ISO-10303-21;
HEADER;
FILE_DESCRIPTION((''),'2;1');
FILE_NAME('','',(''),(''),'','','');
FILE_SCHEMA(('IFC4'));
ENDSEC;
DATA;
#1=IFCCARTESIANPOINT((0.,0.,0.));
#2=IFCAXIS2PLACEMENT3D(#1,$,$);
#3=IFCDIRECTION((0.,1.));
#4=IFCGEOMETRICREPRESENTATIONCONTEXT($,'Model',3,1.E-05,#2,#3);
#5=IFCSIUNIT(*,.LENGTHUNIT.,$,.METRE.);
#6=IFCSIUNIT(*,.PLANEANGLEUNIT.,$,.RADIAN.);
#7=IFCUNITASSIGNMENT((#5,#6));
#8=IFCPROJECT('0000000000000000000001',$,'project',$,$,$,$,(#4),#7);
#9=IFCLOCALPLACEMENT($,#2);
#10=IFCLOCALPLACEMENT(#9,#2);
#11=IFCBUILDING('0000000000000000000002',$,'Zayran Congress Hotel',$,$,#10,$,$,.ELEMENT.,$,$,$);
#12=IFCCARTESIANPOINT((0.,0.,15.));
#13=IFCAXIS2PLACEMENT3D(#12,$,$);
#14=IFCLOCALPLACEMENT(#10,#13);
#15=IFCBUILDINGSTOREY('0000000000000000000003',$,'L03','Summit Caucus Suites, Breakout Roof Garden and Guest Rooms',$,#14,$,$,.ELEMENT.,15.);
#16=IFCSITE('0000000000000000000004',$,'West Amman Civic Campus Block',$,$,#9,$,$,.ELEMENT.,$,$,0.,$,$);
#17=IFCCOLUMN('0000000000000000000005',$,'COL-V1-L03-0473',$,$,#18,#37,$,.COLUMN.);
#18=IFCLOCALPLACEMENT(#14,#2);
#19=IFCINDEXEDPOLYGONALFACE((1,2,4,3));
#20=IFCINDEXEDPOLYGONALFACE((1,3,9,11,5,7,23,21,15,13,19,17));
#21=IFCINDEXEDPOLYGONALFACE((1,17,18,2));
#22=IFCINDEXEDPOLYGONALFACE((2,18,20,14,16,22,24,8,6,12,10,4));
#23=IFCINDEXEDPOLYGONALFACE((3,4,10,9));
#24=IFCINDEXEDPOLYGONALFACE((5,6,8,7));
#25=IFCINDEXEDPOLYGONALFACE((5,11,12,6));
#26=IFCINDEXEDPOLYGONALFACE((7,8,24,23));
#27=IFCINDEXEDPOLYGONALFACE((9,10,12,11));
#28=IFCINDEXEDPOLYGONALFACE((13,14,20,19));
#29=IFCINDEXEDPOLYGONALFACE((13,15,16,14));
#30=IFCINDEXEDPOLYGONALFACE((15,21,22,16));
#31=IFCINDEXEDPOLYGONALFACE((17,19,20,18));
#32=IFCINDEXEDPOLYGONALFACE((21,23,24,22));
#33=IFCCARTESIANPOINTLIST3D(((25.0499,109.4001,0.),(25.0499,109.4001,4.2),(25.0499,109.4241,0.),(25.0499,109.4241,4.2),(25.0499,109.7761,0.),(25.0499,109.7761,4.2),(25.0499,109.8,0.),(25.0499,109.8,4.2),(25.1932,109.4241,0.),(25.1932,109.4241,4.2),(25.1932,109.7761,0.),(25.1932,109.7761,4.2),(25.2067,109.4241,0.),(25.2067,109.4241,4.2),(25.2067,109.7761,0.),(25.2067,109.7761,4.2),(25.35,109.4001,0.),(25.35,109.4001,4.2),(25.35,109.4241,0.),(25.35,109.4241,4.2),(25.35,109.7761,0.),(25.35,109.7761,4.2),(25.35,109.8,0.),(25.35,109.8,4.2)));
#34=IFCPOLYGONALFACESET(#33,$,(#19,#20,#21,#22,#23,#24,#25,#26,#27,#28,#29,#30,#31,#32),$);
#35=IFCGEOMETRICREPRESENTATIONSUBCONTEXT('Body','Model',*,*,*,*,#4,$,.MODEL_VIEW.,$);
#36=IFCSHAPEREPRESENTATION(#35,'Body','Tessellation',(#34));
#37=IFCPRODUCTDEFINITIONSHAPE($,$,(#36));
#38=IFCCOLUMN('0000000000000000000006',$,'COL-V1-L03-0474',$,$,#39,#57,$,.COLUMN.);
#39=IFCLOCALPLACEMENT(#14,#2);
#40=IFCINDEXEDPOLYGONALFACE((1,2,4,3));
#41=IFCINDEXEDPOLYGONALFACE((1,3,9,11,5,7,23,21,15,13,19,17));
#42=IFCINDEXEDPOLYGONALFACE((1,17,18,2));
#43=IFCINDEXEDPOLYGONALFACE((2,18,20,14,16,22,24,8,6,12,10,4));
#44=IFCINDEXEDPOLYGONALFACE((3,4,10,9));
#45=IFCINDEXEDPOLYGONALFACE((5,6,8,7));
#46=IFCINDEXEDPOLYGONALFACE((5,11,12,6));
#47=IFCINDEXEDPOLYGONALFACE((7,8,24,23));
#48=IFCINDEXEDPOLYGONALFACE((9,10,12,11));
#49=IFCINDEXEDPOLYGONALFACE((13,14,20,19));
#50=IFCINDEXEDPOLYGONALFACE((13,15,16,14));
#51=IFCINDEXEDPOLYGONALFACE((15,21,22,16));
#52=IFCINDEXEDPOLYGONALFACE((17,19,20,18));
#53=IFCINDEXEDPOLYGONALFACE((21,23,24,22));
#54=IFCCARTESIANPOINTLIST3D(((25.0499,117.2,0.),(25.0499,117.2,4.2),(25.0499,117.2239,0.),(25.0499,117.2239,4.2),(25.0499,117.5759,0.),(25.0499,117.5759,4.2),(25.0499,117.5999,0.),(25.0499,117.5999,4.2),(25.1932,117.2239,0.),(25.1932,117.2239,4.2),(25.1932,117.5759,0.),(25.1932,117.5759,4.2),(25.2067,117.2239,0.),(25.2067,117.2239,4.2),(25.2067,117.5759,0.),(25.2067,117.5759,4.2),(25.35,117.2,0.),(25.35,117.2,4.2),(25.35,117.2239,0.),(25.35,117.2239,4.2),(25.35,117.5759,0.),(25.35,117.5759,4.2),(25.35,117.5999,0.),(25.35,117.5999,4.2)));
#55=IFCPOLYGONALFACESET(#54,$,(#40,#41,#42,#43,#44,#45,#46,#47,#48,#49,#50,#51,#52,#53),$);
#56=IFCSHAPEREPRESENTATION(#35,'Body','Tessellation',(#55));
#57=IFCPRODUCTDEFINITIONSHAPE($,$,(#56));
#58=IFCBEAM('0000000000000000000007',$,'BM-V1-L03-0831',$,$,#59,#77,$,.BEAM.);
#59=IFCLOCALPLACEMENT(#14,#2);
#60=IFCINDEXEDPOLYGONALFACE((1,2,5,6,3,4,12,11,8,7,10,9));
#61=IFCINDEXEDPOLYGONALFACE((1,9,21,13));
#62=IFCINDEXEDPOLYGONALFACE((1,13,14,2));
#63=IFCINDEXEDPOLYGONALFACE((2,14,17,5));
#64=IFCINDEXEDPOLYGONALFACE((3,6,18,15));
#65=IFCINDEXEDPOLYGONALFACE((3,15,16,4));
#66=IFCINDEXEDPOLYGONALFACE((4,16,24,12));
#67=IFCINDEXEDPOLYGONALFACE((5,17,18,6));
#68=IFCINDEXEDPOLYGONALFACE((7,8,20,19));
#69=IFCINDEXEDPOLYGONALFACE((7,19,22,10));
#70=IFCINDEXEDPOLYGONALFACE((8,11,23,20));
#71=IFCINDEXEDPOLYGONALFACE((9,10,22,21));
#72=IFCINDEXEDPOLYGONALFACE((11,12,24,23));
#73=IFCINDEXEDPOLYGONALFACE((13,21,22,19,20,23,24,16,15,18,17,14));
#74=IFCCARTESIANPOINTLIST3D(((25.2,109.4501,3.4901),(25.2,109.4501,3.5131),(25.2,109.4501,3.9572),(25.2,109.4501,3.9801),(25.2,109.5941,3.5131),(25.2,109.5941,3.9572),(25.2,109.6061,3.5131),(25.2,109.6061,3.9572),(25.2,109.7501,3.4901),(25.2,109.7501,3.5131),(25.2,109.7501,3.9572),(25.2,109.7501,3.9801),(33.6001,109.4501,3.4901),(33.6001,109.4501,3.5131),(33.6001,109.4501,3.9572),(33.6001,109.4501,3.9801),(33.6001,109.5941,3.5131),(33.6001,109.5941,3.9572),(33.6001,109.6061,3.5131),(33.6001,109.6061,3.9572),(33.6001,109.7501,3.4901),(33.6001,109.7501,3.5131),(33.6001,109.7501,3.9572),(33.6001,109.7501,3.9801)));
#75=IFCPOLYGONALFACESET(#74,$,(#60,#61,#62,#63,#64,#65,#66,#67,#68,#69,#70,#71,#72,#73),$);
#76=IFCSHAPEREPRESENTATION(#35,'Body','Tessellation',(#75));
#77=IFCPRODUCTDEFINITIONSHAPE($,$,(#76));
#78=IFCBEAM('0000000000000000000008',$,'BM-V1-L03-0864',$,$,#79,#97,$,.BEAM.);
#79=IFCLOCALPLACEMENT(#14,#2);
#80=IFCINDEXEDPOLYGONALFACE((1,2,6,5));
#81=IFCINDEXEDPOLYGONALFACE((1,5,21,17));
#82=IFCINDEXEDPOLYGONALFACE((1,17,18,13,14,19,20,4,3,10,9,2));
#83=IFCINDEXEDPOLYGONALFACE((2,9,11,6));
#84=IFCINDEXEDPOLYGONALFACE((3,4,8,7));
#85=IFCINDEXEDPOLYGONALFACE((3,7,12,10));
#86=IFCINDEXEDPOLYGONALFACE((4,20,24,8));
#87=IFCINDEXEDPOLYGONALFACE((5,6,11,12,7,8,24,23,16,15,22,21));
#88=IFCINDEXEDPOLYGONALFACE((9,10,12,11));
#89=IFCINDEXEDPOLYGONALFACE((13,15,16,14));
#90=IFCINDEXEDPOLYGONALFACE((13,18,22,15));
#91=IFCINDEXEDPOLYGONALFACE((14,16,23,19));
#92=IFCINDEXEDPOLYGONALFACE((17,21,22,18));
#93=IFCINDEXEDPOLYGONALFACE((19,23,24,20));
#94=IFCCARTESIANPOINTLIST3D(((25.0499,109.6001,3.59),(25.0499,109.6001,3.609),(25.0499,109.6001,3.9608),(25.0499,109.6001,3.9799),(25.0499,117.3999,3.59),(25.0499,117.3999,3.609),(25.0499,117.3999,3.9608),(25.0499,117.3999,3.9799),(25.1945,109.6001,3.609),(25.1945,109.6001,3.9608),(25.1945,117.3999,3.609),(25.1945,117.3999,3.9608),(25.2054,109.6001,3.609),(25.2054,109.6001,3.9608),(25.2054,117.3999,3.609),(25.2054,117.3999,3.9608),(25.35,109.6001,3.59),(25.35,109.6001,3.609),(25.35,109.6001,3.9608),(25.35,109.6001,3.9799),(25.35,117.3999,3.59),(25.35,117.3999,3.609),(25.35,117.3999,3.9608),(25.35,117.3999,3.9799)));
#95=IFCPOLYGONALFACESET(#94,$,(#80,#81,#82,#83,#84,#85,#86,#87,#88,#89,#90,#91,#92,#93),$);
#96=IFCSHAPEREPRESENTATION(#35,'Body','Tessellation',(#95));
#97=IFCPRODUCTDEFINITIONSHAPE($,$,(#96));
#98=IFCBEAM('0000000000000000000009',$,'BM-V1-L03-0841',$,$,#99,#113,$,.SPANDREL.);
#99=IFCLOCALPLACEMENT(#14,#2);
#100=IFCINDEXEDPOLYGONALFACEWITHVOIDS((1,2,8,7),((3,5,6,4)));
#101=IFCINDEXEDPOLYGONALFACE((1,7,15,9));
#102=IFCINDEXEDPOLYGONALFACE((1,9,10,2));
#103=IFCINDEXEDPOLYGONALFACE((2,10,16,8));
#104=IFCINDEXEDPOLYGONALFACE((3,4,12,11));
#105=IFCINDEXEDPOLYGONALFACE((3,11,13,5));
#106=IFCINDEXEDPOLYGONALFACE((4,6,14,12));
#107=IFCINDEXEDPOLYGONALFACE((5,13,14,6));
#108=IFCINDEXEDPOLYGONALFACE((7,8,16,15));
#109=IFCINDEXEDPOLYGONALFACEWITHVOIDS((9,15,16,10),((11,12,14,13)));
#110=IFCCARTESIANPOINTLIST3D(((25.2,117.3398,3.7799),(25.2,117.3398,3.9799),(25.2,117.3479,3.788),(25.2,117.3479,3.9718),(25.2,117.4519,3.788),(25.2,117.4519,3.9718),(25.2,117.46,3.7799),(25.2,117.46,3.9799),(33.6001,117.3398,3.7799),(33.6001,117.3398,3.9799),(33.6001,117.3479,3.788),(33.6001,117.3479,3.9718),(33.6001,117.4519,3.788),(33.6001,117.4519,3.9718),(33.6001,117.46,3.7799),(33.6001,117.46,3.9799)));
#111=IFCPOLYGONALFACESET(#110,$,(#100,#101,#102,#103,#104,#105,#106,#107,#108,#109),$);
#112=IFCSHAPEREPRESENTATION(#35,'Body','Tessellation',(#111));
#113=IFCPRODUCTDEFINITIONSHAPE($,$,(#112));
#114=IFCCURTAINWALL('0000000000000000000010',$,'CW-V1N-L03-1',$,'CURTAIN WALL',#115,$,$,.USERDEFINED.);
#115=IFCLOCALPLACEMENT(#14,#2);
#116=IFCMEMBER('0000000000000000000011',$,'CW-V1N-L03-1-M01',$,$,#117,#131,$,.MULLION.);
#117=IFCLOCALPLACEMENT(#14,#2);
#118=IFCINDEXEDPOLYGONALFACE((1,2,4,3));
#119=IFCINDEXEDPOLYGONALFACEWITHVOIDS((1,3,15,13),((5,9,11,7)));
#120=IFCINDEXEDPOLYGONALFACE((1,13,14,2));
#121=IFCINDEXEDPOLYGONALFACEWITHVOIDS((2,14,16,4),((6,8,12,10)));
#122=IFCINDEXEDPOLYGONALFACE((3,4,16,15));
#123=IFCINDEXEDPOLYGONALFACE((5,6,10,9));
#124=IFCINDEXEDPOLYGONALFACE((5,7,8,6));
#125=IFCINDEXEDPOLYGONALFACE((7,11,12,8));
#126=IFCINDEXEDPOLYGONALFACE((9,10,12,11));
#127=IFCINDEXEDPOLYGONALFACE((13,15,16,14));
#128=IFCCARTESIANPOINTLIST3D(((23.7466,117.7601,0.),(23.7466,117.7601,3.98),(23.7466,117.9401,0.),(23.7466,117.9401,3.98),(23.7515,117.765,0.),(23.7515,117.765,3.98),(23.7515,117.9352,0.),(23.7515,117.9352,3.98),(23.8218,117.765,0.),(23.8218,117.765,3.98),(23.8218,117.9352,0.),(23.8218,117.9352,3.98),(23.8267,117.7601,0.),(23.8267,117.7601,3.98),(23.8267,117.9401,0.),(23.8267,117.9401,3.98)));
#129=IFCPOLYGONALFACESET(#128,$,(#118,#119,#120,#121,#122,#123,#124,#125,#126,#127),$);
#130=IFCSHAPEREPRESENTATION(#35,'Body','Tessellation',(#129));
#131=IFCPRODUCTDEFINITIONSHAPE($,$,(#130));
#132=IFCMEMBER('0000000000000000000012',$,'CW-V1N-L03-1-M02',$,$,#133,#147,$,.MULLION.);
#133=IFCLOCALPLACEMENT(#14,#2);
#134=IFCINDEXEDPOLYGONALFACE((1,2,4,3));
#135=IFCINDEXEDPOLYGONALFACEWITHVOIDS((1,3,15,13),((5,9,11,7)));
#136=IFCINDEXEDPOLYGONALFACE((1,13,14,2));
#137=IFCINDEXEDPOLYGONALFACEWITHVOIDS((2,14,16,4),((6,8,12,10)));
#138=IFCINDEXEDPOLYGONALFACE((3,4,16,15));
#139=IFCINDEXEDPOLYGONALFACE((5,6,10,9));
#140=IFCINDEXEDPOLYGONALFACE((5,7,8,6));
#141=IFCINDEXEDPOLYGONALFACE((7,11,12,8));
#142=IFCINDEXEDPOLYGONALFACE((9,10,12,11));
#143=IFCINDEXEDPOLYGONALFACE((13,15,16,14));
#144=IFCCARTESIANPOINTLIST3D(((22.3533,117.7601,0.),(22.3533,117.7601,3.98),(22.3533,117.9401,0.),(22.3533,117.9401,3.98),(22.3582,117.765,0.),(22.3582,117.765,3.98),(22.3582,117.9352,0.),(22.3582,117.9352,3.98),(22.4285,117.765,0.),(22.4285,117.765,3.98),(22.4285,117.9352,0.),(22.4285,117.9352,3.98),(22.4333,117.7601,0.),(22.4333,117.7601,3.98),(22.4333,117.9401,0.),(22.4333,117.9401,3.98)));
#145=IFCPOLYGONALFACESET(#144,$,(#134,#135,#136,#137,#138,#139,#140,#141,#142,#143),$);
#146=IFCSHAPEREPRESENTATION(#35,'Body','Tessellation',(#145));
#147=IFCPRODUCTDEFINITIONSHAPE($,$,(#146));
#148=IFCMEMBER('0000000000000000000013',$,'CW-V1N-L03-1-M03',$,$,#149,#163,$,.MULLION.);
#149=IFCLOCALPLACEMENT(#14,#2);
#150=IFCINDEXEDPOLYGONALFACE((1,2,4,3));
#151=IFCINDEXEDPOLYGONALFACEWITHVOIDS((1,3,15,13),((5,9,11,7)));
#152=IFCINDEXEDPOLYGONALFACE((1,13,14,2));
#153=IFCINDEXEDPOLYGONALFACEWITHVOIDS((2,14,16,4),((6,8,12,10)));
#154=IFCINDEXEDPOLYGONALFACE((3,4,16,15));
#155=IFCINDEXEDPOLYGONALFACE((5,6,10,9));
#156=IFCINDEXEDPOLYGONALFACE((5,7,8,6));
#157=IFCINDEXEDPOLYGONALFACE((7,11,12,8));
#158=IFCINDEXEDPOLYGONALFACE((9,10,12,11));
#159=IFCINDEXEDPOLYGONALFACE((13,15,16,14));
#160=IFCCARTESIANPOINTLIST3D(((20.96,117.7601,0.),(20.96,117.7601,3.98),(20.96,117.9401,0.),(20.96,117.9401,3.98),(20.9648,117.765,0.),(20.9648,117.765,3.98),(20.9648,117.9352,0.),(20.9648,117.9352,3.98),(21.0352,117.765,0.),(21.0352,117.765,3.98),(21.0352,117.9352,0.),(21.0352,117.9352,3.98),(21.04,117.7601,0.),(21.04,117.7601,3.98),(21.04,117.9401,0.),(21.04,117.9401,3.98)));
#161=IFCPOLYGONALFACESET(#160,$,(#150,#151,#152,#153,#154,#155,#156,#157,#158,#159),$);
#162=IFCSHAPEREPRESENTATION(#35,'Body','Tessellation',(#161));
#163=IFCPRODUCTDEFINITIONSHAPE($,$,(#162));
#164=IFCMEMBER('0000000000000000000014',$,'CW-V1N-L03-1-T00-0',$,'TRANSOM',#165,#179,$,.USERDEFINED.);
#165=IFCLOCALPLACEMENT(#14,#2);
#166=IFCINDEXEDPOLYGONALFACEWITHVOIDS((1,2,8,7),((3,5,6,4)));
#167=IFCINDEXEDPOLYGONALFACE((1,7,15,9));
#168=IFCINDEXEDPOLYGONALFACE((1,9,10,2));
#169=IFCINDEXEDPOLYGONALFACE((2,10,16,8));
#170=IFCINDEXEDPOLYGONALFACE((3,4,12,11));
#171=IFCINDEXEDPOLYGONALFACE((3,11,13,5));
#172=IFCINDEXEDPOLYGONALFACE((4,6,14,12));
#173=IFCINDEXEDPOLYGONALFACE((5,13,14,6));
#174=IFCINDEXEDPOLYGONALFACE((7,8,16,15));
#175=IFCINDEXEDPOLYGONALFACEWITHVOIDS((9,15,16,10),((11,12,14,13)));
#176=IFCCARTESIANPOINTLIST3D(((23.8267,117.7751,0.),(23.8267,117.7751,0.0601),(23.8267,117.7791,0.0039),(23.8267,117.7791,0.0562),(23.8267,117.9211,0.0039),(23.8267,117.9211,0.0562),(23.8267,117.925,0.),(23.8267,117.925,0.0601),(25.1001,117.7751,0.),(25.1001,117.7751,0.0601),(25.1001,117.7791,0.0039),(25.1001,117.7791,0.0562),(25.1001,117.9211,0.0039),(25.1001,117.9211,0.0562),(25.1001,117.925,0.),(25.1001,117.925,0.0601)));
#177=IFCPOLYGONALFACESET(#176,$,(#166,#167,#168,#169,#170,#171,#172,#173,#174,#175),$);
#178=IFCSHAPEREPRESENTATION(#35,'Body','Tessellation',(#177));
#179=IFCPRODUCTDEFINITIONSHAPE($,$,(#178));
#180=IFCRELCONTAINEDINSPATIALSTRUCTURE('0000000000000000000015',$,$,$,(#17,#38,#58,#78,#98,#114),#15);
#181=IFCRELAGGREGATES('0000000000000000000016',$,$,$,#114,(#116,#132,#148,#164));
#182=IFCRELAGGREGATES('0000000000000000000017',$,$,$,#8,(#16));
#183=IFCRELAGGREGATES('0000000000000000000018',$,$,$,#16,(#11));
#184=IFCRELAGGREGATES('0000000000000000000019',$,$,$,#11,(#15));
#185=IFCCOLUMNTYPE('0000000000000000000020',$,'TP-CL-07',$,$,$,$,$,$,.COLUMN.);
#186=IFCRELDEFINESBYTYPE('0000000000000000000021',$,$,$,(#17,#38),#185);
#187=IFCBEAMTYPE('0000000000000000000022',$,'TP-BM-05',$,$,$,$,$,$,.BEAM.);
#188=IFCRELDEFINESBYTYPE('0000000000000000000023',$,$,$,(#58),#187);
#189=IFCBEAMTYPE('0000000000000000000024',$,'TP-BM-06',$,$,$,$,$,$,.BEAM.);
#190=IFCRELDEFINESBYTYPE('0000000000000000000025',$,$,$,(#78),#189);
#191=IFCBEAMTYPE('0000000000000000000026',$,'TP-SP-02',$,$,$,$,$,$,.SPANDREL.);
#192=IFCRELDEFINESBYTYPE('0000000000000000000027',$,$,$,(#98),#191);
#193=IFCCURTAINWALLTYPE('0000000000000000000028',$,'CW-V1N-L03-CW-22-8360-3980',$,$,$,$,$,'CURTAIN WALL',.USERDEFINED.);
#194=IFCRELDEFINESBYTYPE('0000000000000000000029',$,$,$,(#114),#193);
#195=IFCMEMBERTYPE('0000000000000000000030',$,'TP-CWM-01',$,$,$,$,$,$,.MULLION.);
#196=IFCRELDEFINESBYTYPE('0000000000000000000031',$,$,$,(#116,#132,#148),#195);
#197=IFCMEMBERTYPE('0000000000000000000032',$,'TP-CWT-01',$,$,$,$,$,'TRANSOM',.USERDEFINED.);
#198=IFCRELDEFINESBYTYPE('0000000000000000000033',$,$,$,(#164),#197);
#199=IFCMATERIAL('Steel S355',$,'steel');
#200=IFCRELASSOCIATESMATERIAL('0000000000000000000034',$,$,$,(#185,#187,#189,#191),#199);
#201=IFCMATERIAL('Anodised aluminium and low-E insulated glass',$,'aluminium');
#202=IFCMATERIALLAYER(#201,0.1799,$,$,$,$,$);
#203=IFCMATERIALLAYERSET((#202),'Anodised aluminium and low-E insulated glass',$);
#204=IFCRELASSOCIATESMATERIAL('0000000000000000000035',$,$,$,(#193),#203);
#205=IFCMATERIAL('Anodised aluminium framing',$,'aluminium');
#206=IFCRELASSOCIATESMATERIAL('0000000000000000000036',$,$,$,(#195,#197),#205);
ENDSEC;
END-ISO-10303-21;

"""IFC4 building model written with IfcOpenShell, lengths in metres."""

from ifc_helpers import new_model, si_unit, direction, frame, origin, origin_2d, place, context, subcontext, project, spatial, hollow_rectangle, i_section, extrude, material, layer, layer_set, material_profile, profile_set, type_object, element, aggregate, save


model = new_model("IFC4")

# Units and contexts
model_context = context("Model", 3, precision=1e-05, world=origin(), true_north=direction((0.0, 1.0)))
body_context = subcontext(model_context, "Body", "Model", "MODEL_VIEW")
ifc_project = project(units=[si_unit("LENGTHUNIT", "METRE"), si_unit("PLANEANGLEUNIT", "RADIAN")], contexts=[model_context])

# Site, building, storey
site_placement = place(None, origin())
site = spatial("IfcSite", under=ifc_project, at=site_placement, Name="West Amman Civic Campus Block", CompositionType="ELEMENT", RefElevation=0.0)
building_placement = place(site_placement, origin())
building = spatial("IfcBuilding", under=site, at=building_placement, Name="Zayran Congress Hotel", CompositionType="ELEMENT")
storey_placement = place(building_placement, frame((0.0, 0.0, 15.0)))
storey = spatial("IfcBuildingStorey", under=building, at=storey_placement, Name="L03", Description="Summit Caucus Suites, Breakout Roof Garden and Guest Rooms", CompositionType="ELEMENT", Elevation=15.0)

# Columns
ifc_material_1 = material(Name="Steel S355", Category="steel")
ifc_material_profile_1 = material_profile(ifc_material_1, i_section(OverallWidth=0.3, OverallDepth=0.3999, WebThickness=0.0134, FlangeThickness=0.0239, at=origin_2d()), Name="HEB 400")
ifc_profile_set_1 = profile_set([ifc_material_profile_1], Name="Steel S355")
column_type = type_object("IfcColumnType", Name="TP-CL-07", PredefinedType="COLUMN", material=ifc_profile_set_1)
for number, where, z_axis, x_axis, name in (
    (1, (25.2, 109.6001, 0.0), (0.0, 0.0, 1.0), (1.0, 0.0, 0.0), "COL-V1-L03-0473"),
    (2, (25.2, 117.3999, 0.0), (0.0, 0.0, 1.0), (1.0, 0.0, 0.0), "COL-V1-L03-0474"),
):
    element("IfcColumn", number, at=place(storey_placement, frame(where, z_axis=z_axis, x_axis=x_axis)), inside=storey, type_object=column_type, Name=name, PredefinedType="COLUMN", context=body_context, shape_type="SweptSolid", body=[
        extrude(i_section(OverallWidth=0.3, OverallDepth=0.3999, WebThickness=0.0134, FlangeThickness=0.0239, at=origin_2d()), origin(), (0.0, 0.0, 1.0), 4.2),
    ])

# Beams
ifc_material_profile_2 = material_profile(ifc_material_1, i_section(OverallWidth=0.3, OverallDepth=0.49, WebThickness=0.012, FlangeThickness=0.0229, at=origin_2d()), Name="HEA 500")
ifc_profile_set_2 = profile_set([ifc_material_profile_2], Name="Steel S355")
beam_type_1 = type_object("IfcBeamType", Name="TP-BM-05", PredefinedType="BEAM", material=ifc_profile_set_2)
beam_1_placement = place(storey_placement, frame((25.2, 109.6001, 3.7351), z_axis=(1.0, 0.0, 0.0), x_axis=(0.0, 1.0, 0.0)))
element("IfcBeam", 3, at=beam_1_placement, inside=storey, type_object=beam_type_1, Name="BM-V1-L03-0831", PredefinedType="BEAM", context=body_context, shape_type="SweptSolid", body=[
    extrude(i_section(OverallWidth=0.3, OverallDepth=0.49, WebThickness=0.012, FlangeThickness=0.0229, at=origin_2d()), origin(), (0.0, 0.0, 1.0), 8.4001),
])
ifc_material_profile_3 = material_profile(ifc_material_1, i_section(OverallWidth=0.3, OverallDepth=0.3899, WebThickness=0.011, FlangeThickness=0.019, at=origin_2d()), Name="HEA 400")
ifc_profile_set_3 = profile_set([ifc_material_profile_3], Name="Steel S355")
beam_type_2 = type_object("IfcBeamType", Name="TP-BM-06", PredefinedType="BEAM", material=ifc_profile_set_3)
beam_2_placement = place(storey_placement, frame((25.2, 109.6001, 3.7849), z_axis=(0.0, 1.0, 0.0), x_axis=(-1.0, 0.0, 0.0)))
element("IfcBeam", 4, at=beam_2_placement, inside=storey, type_object=beam_type_2, Name="BM-V1-L03-0864", PredefinedType="BEAM", context=body_context, shape_type="SweptSolid", body=[
    extrude(i_section(OverallWidth=0.3, OverallDepth=0.3899, WebThickness=0.011, FlangeThickness=0.019, at=origin_2d()), origin(), (0.0, 0.0, 1.0), 7.7998),
])
ifc_material_profile_4 = material_profile(ifc_material_1, hollow_rectangle(XDim=0.1201, YDim=0.2, WallThickness=0.0081, at=origin_2d()), Name="RHS 200x120x8")
ifc_profile_set_4 = profile_set([ifc_material_profile_4], Name="Steel S355")
beam_type_3 = type_object("IfcBeamType", Name="TP-SP-02", PredefinedType="SPANDREL", material=ifc_profile_set_4)
beam_3_placement = place(storey_placement, frame((25.2, 117.3999, 3.8799), z_axis=(1.0, 0.0, 0.0), x_axis=(0.0, 1.0, 0.0)))
element("IfcBeam", 5, at=beam_3_placement, inside=storey, type_object=beam_type_3, Name="BM-V1-L03-0841", PredefinedType="SPANDREL", context=body_context, shape_type="SweptSolid", body=[
    extrude(hollow_rectangle(XDim=0.1201, YDim=0.2, WallThickness=0.0081, at=origin_2d()), origin(), (0.0, 0.0, 1.0), 8.4001),
])

# Curtain wall, members
ifc_material_2 = material(Name="Anodised aluminium and low-E insulated glass", Category="aluminium")
ifc_layer_1 = layer(ifc_material_2, 0.1799)
ifc_layer_set_1 = layer_set([ifc_layer_1], Name="Anodised aluminium and low-E insulated glass")
curtain_wall_type = type_object("IfcCurtainWallType", Name="CW-V1N-L03-CW-22-8360-3980", ElementType="CURTAIN WALL", PredefinedType="USERDEFINED", material=ifc_layer_set_1)
curtain_wall_placement = place(storey_placement, origin())
curtain_wall = element("IfcCurtainWall", 6, at=curtain_wall_placement, inside=storey, type_object=curtain_wall_type, Name="CW-V1N-L03-1", ObjectType="CURTAIN WALL", PredefinedType="USERDEFINED")
ifc_material_3 = material(Name="Anodised aluminium framing", Category="aluminium")
ifc_material_profile_5 = material_profile(ifc_material_3, hollow_rectangle(XDim=0.0801, YDim=0.1799, WallThickness=0.0049, at=origin_2d()), Name="RHS 180x80x5")
ifc_profile_set_5 = profile_set([ifc_material_profile_5], Name="Anodised aluminium framing")
member_type_1 = type_object("IfcMemberType", Name="TP-CWM-01", PredefinedType="MULLION", material=ifc_profile_set_5)
member_1_placement = place(storey_placement, frame((23.7866, 117.8501, 0.0), z_axis=(0.0, 0.0, 1.0), x_axis=(1.0, 0.0, 0.0)))
member_1 = element("IfcMember", 7, at=member_1_placement, type_object=member_type_1, Name="CW-V1N-L03-1-M01", PredefinedType="MULLION", context=body_context, shape_type="SweptSolid", body=[
    extrude(hollow_rectangle(XDim=0.0801, YDim=0.1799, WallThickness=0.0049, at=origin_2d()), origin(), (0.0, 0.0, 1.0), 3.98),
])
member_2_placement = place(storey_placement, frame((22.3933, 117.8501, 0.0), z_axis=(0.0, 0.0, 1.0), x_axis=(1.0, 0.0, 0.0)))
member_2 = element("IfcMember", 8, at=member_2_placement, type_object=member_type_1, Name="CW-V1N-L03-1-M02", PredefinedType="MULLION", context=body_context, shape_type="SweptSolid", body=[
    extrude(hollow_rectangle(XDim=0.0801, YDim=0.1799, WallThickness=0.0049, at=origin_2d()), origin(), (0.0, 0.0, 1.0), 3.98),
])
member_3_placement = place(storey_placement, frame((21.0, 117.8501, 0.0), z_axis=(0.0, 0.0, 1.0), x_axis=(1.0, 0.0, 0.0)))
member_3 = element("IfcMember", 9, at=member_3_placement, type_object=member_type_1, Name="CW-V1N-L03-1-M03", PredefinedType="MULLION", context=body_context, shape_type="SweptSolid", body=[
    extrude(hollow_rectangle(XDim=0.0801, YDim=0.1799, WallThickness=0.0049, at=origin_2d()), origin(), (0.0, 0.0, 1.0), 3.98),
])
ifc_material_profile_6 = material_profile(ifc_material_3, hollow_rectangle(XDim=0.0601, YDim=0.1499, WallThickness=0.0039, at=origin_2d()), Name="RHS 150x60x4")
ifc_profile_set_6 = profile_set([ifc_material_profile_6], Name="Anodised aluminium framing")
member_type_2 = type_object("IfcMemberType", Name="TP-CWT-01", ElementType="TRANSOM", PredefinedType="USERDEFINED", material=ifc_profile_set_6)
member_4_placement = place(storey_placement, frame((25.1001, 117.8501, 0.03), z_axis=(-1.0, 0.0, 0.0), x_axis=(0.0, 0.0, 1.0)))
member_4 = element("IfcMember", 10, at=member_4_placement, type_object=member_type_2, Name="CW-V1N-L03-1-T00-0", ObjectType="TRANSOM", PredefinedType="USERDEFINED", context=body_context, shape_type="SweptSolid", body=[
    extrude(hollow_rectangle(XDim=0.0601, YDim=0.1499, WallThickness=0.0039, at=origin_2d()), origin(), (0.0, 0.0, 1.0), 1.2734),
])
aggregate(curtain_wall, [member_1, member_2, member_3, member_4])

save(model, "model.ifc")
